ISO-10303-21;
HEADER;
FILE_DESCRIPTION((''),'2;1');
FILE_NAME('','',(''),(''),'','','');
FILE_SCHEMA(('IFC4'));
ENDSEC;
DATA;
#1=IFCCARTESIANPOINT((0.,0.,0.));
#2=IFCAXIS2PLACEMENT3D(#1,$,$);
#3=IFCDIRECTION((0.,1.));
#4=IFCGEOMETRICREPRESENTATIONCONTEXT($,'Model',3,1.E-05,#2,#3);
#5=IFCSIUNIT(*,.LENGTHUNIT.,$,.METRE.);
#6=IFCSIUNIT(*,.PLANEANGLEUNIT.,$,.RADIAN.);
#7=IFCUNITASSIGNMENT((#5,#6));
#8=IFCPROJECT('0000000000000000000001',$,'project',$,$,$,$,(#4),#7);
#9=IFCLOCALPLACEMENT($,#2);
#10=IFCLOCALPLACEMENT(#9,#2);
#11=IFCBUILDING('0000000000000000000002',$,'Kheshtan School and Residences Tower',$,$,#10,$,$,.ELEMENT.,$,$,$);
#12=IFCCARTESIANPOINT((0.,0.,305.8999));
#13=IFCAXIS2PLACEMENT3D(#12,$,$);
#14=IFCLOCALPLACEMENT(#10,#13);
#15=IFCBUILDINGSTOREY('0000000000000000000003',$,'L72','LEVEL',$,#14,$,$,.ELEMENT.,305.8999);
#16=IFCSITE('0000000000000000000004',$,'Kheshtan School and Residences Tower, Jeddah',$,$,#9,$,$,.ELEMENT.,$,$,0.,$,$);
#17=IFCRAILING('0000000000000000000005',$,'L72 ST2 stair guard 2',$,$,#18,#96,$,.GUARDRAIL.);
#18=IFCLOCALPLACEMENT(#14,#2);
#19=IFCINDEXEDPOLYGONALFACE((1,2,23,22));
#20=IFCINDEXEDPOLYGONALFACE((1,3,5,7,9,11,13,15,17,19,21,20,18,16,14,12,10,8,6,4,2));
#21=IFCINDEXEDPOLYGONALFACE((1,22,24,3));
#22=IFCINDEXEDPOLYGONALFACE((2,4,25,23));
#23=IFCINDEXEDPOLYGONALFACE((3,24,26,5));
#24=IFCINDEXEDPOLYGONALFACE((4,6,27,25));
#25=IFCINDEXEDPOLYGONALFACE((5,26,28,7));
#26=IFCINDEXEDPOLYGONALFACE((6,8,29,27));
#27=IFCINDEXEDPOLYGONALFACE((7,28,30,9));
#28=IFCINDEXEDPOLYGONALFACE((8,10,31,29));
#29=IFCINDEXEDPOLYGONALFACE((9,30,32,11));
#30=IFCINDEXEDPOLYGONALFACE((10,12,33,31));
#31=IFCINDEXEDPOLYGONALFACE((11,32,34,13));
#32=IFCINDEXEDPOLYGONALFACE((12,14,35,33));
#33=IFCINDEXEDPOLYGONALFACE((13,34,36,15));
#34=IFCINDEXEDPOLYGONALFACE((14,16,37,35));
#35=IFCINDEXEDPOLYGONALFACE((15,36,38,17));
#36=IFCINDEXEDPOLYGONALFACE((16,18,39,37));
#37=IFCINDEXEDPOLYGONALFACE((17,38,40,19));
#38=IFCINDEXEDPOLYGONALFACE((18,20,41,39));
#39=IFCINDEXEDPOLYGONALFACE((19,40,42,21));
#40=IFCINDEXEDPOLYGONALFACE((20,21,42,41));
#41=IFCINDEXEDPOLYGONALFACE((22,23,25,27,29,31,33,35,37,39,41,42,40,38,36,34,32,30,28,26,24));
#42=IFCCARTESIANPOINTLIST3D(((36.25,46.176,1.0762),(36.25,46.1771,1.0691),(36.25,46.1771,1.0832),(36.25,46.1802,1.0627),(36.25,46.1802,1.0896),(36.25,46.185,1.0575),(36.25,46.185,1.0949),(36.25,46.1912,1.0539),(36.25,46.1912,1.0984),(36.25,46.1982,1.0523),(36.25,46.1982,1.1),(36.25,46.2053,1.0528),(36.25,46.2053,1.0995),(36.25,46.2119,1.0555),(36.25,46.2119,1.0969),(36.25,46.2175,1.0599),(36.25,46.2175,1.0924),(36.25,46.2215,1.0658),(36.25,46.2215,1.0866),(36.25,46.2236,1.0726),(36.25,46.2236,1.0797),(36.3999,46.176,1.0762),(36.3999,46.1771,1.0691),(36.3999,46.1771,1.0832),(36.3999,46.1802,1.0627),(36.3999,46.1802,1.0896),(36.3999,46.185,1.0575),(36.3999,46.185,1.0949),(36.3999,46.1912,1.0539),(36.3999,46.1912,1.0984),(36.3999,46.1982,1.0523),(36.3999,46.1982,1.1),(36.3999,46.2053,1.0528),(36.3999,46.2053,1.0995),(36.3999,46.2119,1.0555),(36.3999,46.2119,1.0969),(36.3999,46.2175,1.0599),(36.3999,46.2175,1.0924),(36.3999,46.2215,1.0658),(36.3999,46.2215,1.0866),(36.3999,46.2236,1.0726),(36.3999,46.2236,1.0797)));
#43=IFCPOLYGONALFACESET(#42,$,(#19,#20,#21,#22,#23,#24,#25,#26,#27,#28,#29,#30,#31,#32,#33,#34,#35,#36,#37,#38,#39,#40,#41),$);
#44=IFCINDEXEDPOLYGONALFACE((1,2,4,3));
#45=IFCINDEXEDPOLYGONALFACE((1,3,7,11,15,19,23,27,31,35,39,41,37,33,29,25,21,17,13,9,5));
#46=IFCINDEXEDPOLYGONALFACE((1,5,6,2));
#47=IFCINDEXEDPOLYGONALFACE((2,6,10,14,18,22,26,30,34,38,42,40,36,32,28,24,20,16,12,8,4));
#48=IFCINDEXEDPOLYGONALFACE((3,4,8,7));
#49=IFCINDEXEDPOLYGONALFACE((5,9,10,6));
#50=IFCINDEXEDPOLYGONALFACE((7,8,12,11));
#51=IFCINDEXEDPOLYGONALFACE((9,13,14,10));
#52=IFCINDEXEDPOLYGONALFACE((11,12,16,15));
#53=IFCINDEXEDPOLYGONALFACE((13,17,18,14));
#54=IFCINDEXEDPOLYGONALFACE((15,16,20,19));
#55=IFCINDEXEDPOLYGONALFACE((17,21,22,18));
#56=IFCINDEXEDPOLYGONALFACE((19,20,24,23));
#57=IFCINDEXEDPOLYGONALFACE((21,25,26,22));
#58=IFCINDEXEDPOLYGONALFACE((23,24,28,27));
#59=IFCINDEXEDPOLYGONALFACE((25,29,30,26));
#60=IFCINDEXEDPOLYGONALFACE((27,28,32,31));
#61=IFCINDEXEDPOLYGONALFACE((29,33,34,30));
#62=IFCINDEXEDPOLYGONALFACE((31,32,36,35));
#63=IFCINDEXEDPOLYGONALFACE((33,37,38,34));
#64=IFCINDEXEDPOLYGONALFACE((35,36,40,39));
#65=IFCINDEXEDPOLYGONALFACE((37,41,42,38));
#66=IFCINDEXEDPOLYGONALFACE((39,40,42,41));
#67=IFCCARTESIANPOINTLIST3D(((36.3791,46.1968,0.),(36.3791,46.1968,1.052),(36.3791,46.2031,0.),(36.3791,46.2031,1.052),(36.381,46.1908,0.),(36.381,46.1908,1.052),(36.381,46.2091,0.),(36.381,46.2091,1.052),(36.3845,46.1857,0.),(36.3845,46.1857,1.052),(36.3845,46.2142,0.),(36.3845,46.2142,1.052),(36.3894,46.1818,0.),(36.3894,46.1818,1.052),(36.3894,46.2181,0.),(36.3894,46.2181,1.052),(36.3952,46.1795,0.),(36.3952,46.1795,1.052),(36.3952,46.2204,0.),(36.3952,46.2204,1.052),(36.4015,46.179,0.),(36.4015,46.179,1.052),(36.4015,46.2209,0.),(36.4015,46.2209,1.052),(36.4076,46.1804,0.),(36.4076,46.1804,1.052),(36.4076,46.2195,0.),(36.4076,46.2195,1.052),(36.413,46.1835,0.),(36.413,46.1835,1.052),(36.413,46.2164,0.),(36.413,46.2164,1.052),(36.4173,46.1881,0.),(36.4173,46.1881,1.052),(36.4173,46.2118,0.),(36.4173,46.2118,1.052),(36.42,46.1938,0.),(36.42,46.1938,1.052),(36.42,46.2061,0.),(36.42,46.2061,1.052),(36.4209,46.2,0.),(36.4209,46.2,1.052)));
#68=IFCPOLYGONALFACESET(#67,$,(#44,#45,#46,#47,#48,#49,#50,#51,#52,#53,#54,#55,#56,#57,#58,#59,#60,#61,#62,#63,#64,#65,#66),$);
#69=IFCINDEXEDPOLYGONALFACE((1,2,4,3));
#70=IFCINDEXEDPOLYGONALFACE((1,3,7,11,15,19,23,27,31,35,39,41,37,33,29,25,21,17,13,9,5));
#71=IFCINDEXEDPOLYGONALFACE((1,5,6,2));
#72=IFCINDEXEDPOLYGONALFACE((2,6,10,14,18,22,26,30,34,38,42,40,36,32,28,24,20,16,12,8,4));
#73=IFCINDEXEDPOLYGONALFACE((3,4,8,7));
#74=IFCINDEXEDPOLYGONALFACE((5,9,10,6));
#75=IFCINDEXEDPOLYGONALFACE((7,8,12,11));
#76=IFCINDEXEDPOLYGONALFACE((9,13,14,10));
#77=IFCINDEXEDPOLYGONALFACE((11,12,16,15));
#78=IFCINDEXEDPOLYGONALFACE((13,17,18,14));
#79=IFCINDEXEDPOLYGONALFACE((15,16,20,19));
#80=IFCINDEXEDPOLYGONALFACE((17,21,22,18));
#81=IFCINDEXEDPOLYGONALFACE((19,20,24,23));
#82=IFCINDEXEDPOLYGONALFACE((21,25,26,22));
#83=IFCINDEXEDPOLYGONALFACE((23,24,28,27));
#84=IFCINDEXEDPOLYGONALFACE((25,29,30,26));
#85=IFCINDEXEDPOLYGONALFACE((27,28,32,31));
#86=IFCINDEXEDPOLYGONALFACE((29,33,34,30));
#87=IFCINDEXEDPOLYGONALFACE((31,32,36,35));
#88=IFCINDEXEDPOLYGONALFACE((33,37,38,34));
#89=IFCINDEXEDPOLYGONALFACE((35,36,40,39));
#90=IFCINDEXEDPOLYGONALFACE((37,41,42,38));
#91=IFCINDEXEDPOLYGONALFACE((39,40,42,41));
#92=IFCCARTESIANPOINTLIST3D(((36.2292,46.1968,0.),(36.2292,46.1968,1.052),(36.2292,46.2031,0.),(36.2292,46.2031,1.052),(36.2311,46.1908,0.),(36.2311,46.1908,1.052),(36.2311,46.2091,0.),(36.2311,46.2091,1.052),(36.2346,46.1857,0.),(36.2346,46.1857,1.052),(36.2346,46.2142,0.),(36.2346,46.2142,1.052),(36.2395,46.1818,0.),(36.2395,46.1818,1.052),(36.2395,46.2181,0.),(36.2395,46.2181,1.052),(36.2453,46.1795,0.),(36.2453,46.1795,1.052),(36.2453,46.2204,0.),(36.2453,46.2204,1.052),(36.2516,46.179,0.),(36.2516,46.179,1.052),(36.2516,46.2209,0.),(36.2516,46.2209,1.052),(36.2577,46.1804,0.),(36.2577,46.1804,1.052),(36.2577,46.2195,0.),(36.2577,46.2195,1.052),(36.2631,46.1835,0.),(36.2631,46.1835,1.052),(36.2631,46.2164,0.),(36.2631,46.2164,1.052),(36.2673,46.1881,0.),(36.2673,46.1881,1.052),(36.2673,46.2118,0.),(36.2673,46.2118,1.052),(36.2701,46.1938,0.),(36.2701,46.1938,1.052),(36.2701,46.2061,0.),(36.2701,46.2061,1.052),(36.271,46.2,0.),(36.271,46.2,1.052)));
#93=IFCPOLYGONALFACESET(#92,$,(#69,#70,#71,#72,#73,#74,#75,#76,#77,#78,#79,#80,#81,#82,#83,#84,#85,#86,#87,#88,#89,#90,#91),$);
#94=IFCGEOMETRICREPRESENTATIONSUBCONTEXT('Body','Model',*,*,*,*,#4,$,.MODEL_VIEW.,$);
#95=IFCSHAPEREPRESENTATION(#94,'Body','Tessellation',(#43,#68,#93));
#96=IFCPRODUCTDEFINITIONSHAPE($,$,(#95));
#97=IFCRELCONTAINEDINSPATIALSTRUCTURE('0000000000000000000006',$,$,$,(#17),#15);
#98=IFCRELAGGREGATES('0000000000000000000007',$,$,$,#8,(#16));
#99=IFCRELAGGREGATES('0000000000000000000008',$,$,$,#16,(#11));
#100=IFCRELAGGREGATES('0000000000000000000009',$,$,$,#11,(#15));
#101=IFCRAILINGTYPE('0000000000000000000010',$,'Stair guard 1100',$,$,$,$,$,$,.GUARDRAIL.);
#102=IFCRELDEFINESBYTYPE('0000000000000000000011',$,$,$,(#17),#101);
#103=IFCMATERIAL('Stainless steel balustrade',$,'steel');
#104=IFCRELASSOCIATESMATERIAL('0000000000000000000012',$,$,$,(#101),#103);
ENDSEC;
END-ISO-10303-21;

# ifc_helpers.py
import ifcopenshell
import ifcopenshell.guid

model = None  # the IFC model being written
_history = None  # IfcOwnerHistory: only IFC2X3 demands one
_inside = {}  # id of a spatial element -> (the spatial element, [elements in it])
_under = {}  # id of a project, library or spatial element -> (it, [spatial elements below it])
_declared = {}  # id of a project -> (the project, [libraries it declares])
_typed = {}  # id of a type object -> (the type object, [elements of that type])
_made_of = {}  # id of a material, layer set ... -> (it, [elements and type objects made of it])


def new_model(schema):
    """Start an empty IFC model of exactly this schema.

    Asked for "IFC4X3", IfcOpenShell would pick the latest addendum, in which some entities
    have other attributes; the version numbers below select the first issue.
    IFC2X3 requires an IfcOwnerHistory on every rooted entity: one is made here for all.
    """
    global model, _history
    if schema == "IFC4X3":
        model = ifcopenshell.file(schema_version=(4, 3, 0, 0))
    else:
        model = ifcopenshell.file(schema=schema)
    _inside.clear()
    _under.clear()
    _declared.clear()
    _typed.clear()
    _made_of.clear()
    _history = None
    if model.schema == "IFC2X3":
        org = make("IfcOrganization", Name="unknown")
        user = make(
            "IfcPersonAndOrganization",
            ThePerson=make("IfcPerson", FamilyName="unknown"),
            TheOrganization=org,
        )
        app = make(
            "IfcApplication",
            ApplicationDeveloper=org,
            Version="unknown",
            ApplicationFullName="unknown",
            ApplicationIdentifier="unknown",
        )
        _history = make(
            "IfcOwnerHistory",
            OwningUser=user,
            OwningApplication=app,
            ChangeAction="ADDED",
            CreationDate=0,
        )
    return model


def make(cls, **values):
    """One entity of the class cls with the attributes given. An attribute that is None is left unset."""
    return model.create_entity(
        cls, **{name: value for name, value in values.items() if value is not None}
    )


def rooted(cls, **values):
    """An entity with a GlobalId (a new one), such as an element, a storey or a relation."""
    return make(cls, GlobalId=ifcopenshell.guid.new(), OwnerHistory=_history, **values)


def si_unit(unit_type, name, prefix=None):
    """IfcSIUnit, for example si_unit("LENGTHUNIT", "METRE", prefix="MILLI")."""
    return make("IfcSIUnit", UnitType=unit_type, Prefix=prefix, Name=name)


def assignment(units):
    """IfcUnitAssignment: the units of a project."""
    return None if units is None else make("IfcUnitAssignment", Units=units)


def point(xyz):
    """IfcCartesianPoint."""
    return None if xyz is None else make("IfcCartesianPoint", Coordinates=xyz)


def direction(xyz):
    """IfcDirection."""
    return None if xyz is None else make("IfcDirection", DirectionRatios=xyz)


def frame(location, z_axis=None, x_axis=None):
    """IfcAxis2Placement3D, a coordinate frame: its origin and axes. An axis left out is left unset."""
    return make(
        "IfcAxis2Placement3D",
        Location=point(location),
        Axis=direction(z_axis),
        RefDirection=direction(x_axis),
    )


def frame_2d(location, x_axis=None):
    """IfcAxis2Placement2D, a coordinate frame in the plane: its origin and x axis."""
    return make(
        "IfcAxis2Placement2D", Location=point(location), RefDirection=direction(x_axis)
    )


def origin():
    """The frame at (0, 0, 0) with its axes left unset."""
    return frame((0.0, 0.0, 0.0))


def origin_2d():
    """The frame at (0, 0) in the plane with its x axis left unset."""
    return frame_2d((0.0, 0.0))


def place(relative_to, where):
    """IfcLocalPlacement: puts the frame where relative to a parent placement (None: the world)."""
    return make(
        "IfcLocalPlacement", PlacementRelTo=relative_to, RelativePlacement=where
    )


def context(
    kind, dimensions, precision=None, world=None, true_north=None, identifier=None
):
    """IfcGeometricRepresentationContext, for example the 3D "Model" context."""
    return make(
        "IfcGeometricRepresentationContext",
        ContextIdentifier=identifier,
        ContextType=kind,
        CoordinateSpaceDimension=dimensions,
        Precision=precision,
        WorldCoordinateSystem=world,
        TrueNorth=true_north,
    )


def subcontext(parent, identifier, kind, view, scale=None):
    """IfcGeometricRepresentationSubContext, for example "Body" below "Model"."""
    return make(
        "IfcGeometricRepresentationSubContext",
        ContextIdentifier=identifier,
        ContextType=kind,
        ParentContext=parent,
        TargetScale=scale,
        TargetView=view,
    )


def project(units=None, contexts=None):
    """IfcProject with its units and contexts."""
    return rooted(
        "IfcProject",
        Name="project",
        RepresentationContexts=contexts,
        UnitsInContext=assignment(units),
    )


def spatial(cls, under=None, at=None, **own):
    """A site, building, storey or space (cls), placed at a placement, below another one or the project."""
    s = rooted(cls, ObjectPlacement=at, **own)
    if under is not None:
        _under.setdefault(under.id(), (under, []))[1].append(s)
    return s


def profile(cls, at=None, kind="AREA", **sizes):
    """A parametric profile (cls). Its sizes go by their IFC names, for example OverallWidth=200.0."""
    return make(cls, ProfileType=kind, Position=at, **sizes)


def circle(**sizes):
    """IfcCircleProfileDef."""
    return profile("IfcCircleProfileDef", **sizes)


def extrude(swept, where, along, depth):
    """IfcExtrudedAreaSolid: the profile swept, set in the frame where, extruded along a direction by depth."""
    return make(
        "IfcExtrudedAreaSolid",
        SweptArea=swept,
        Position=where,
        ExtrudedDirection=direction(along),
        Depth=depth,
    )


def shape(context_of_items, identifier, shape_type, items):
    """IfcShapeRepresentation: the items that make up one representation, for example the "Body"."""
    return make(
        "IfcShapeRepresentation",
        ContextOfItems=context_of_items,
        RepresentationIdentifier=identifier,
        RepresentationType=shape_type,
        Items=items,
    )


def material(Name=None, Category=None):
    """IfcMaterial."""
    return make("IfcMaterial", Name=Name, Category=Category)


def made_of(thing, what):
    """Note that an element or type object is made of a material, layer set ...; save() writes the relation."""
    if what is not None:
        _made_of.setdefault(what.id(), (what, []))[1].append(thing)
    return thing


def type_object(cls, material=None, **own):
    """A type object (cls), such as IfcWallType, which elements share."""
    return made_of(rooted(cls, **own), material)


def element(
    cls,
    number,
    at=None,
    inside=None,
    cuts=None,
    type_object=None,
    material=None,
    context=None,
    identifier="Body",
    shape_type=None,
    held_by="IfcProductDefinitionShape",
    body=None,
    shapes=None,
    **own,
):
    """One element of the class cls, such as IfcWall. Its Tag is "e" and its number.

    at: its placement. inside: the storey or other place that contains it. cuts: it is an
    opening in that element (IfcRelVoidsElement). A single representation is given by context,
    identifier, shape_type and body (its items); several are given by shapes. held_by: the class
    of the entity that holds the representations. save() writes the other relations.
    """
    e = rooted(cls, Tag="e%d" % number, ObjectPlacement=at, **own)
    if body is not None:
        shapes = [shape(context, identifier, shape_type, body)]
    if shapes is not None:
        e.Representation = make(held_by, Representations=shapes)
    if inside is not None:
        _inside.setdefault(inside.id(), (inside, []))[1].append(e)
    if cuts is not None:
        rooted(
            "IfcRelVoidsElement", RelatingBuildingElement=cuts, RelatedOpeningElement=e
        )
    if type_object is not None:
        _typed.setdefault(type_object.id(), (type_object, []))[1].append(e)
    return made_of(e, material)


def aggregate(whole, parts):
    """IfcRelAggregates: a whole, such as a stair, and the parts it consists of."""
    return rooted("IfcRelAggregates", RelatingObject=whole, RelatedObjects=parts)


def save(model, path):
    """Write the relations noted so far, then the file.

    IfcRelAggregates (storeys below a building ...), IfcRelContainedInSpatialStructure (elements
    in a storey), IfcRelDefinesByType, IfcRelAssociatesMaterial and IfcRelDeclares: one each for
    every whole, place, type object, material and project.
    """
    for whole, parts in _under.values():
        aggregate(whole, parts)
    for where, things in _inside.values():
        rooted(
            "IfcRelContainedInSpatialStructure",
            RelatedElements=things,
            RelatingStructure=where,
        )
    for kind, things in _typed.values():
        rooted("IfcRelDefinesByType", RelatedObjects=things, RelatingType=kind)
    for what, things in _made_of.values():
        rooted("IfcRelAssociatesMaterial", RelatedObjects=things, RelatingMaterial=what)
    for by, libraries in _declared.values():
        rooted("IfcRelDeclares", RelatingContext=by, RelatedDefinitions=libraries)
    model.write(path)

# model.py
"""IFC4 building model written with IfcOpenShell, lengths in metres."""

from ifc_helpers import new_model, si_unit, direction, frame, origin, origin_2d, place, context, subcontext, project, spatial, circle, extrude, material, type_object, element, save


model = new_model("IFC4")

# Units and contexts
model_context = context("Model", 3, precision=1e-05, world=origin(), true_north=direction((0.0, 1.0)))
body_context = subcontext(model_context, "Body", "Model", "MODEL_VIEW")
ifc_project = project(units=[si_unit("LENGTHUNIT", "METRE"), si_unit("PLANEANGLEUNIT", "RADIAN")], contexts=[model_context])

# Site, building, storey
site_placement = place(None, origin())
site = spatial("IfcSite", under=ifc_project, at=site_placement, Name="Kheshtan School and Residences Tower, Jeddah", CompositionType="ELEMENT", RefElevation=0.0)
building_placement = place(site_placement, origin())
building = spatial("IfcBuilding", under=site, at=building_placement, Name="Kheshtan School and Residences Tower", CompositionType="ELEMENT")
storey_placement = place(building_placement, frame((0.0, 0.0, 305.8999)))
storey = spatial("IfcBuildingStorey", under=building, at=storey_placement, Name="L72", Description="LEVEL", CompositionType="ELEMENT", Elevation=305.8999)

# Railing
ifc_material_1 = material(Name="Stainless steel balustrade", Category="steel")
railing_type_1 = type_object("IfcRailingType", Name="Stair guard 1100", PredefinedType="GUARDRAIL", material=ifc_material_1)
railing_1_placement = place(storey_placement, frame((36.3999, 46.2, 0.0)))
element("IfcRailing", 1, at=railing_1_placement, inside=storey, type_object=railing_type_1, Name="L72 ST2 stair guard 2", PredefinedType="GUARDRAIL", context=body_context, shape_type="SweptSolid", body=[
    extrude(circle(Radius=0.0239, at=origin_2d()), frame((0.0, 0.0, 1.0762), z_axis=(-1.0, 0.0, 0.0), x_axis=(0.0, -1.0, 0.0)), (0.0, 0.0, 1.0), 0.1499),
    extrude(circle(Radius=0.021, at=origin_2d()), origin(), (0.0, 0.0, 1.0), 1.052),
    extrude(circle(Radius=0.021, at=origin_2d()), frame((-0.1499, 0.0, 0.0)), (0.0, 0.0, 1.0), 1.052),
])

save(model, "model.ifc")
